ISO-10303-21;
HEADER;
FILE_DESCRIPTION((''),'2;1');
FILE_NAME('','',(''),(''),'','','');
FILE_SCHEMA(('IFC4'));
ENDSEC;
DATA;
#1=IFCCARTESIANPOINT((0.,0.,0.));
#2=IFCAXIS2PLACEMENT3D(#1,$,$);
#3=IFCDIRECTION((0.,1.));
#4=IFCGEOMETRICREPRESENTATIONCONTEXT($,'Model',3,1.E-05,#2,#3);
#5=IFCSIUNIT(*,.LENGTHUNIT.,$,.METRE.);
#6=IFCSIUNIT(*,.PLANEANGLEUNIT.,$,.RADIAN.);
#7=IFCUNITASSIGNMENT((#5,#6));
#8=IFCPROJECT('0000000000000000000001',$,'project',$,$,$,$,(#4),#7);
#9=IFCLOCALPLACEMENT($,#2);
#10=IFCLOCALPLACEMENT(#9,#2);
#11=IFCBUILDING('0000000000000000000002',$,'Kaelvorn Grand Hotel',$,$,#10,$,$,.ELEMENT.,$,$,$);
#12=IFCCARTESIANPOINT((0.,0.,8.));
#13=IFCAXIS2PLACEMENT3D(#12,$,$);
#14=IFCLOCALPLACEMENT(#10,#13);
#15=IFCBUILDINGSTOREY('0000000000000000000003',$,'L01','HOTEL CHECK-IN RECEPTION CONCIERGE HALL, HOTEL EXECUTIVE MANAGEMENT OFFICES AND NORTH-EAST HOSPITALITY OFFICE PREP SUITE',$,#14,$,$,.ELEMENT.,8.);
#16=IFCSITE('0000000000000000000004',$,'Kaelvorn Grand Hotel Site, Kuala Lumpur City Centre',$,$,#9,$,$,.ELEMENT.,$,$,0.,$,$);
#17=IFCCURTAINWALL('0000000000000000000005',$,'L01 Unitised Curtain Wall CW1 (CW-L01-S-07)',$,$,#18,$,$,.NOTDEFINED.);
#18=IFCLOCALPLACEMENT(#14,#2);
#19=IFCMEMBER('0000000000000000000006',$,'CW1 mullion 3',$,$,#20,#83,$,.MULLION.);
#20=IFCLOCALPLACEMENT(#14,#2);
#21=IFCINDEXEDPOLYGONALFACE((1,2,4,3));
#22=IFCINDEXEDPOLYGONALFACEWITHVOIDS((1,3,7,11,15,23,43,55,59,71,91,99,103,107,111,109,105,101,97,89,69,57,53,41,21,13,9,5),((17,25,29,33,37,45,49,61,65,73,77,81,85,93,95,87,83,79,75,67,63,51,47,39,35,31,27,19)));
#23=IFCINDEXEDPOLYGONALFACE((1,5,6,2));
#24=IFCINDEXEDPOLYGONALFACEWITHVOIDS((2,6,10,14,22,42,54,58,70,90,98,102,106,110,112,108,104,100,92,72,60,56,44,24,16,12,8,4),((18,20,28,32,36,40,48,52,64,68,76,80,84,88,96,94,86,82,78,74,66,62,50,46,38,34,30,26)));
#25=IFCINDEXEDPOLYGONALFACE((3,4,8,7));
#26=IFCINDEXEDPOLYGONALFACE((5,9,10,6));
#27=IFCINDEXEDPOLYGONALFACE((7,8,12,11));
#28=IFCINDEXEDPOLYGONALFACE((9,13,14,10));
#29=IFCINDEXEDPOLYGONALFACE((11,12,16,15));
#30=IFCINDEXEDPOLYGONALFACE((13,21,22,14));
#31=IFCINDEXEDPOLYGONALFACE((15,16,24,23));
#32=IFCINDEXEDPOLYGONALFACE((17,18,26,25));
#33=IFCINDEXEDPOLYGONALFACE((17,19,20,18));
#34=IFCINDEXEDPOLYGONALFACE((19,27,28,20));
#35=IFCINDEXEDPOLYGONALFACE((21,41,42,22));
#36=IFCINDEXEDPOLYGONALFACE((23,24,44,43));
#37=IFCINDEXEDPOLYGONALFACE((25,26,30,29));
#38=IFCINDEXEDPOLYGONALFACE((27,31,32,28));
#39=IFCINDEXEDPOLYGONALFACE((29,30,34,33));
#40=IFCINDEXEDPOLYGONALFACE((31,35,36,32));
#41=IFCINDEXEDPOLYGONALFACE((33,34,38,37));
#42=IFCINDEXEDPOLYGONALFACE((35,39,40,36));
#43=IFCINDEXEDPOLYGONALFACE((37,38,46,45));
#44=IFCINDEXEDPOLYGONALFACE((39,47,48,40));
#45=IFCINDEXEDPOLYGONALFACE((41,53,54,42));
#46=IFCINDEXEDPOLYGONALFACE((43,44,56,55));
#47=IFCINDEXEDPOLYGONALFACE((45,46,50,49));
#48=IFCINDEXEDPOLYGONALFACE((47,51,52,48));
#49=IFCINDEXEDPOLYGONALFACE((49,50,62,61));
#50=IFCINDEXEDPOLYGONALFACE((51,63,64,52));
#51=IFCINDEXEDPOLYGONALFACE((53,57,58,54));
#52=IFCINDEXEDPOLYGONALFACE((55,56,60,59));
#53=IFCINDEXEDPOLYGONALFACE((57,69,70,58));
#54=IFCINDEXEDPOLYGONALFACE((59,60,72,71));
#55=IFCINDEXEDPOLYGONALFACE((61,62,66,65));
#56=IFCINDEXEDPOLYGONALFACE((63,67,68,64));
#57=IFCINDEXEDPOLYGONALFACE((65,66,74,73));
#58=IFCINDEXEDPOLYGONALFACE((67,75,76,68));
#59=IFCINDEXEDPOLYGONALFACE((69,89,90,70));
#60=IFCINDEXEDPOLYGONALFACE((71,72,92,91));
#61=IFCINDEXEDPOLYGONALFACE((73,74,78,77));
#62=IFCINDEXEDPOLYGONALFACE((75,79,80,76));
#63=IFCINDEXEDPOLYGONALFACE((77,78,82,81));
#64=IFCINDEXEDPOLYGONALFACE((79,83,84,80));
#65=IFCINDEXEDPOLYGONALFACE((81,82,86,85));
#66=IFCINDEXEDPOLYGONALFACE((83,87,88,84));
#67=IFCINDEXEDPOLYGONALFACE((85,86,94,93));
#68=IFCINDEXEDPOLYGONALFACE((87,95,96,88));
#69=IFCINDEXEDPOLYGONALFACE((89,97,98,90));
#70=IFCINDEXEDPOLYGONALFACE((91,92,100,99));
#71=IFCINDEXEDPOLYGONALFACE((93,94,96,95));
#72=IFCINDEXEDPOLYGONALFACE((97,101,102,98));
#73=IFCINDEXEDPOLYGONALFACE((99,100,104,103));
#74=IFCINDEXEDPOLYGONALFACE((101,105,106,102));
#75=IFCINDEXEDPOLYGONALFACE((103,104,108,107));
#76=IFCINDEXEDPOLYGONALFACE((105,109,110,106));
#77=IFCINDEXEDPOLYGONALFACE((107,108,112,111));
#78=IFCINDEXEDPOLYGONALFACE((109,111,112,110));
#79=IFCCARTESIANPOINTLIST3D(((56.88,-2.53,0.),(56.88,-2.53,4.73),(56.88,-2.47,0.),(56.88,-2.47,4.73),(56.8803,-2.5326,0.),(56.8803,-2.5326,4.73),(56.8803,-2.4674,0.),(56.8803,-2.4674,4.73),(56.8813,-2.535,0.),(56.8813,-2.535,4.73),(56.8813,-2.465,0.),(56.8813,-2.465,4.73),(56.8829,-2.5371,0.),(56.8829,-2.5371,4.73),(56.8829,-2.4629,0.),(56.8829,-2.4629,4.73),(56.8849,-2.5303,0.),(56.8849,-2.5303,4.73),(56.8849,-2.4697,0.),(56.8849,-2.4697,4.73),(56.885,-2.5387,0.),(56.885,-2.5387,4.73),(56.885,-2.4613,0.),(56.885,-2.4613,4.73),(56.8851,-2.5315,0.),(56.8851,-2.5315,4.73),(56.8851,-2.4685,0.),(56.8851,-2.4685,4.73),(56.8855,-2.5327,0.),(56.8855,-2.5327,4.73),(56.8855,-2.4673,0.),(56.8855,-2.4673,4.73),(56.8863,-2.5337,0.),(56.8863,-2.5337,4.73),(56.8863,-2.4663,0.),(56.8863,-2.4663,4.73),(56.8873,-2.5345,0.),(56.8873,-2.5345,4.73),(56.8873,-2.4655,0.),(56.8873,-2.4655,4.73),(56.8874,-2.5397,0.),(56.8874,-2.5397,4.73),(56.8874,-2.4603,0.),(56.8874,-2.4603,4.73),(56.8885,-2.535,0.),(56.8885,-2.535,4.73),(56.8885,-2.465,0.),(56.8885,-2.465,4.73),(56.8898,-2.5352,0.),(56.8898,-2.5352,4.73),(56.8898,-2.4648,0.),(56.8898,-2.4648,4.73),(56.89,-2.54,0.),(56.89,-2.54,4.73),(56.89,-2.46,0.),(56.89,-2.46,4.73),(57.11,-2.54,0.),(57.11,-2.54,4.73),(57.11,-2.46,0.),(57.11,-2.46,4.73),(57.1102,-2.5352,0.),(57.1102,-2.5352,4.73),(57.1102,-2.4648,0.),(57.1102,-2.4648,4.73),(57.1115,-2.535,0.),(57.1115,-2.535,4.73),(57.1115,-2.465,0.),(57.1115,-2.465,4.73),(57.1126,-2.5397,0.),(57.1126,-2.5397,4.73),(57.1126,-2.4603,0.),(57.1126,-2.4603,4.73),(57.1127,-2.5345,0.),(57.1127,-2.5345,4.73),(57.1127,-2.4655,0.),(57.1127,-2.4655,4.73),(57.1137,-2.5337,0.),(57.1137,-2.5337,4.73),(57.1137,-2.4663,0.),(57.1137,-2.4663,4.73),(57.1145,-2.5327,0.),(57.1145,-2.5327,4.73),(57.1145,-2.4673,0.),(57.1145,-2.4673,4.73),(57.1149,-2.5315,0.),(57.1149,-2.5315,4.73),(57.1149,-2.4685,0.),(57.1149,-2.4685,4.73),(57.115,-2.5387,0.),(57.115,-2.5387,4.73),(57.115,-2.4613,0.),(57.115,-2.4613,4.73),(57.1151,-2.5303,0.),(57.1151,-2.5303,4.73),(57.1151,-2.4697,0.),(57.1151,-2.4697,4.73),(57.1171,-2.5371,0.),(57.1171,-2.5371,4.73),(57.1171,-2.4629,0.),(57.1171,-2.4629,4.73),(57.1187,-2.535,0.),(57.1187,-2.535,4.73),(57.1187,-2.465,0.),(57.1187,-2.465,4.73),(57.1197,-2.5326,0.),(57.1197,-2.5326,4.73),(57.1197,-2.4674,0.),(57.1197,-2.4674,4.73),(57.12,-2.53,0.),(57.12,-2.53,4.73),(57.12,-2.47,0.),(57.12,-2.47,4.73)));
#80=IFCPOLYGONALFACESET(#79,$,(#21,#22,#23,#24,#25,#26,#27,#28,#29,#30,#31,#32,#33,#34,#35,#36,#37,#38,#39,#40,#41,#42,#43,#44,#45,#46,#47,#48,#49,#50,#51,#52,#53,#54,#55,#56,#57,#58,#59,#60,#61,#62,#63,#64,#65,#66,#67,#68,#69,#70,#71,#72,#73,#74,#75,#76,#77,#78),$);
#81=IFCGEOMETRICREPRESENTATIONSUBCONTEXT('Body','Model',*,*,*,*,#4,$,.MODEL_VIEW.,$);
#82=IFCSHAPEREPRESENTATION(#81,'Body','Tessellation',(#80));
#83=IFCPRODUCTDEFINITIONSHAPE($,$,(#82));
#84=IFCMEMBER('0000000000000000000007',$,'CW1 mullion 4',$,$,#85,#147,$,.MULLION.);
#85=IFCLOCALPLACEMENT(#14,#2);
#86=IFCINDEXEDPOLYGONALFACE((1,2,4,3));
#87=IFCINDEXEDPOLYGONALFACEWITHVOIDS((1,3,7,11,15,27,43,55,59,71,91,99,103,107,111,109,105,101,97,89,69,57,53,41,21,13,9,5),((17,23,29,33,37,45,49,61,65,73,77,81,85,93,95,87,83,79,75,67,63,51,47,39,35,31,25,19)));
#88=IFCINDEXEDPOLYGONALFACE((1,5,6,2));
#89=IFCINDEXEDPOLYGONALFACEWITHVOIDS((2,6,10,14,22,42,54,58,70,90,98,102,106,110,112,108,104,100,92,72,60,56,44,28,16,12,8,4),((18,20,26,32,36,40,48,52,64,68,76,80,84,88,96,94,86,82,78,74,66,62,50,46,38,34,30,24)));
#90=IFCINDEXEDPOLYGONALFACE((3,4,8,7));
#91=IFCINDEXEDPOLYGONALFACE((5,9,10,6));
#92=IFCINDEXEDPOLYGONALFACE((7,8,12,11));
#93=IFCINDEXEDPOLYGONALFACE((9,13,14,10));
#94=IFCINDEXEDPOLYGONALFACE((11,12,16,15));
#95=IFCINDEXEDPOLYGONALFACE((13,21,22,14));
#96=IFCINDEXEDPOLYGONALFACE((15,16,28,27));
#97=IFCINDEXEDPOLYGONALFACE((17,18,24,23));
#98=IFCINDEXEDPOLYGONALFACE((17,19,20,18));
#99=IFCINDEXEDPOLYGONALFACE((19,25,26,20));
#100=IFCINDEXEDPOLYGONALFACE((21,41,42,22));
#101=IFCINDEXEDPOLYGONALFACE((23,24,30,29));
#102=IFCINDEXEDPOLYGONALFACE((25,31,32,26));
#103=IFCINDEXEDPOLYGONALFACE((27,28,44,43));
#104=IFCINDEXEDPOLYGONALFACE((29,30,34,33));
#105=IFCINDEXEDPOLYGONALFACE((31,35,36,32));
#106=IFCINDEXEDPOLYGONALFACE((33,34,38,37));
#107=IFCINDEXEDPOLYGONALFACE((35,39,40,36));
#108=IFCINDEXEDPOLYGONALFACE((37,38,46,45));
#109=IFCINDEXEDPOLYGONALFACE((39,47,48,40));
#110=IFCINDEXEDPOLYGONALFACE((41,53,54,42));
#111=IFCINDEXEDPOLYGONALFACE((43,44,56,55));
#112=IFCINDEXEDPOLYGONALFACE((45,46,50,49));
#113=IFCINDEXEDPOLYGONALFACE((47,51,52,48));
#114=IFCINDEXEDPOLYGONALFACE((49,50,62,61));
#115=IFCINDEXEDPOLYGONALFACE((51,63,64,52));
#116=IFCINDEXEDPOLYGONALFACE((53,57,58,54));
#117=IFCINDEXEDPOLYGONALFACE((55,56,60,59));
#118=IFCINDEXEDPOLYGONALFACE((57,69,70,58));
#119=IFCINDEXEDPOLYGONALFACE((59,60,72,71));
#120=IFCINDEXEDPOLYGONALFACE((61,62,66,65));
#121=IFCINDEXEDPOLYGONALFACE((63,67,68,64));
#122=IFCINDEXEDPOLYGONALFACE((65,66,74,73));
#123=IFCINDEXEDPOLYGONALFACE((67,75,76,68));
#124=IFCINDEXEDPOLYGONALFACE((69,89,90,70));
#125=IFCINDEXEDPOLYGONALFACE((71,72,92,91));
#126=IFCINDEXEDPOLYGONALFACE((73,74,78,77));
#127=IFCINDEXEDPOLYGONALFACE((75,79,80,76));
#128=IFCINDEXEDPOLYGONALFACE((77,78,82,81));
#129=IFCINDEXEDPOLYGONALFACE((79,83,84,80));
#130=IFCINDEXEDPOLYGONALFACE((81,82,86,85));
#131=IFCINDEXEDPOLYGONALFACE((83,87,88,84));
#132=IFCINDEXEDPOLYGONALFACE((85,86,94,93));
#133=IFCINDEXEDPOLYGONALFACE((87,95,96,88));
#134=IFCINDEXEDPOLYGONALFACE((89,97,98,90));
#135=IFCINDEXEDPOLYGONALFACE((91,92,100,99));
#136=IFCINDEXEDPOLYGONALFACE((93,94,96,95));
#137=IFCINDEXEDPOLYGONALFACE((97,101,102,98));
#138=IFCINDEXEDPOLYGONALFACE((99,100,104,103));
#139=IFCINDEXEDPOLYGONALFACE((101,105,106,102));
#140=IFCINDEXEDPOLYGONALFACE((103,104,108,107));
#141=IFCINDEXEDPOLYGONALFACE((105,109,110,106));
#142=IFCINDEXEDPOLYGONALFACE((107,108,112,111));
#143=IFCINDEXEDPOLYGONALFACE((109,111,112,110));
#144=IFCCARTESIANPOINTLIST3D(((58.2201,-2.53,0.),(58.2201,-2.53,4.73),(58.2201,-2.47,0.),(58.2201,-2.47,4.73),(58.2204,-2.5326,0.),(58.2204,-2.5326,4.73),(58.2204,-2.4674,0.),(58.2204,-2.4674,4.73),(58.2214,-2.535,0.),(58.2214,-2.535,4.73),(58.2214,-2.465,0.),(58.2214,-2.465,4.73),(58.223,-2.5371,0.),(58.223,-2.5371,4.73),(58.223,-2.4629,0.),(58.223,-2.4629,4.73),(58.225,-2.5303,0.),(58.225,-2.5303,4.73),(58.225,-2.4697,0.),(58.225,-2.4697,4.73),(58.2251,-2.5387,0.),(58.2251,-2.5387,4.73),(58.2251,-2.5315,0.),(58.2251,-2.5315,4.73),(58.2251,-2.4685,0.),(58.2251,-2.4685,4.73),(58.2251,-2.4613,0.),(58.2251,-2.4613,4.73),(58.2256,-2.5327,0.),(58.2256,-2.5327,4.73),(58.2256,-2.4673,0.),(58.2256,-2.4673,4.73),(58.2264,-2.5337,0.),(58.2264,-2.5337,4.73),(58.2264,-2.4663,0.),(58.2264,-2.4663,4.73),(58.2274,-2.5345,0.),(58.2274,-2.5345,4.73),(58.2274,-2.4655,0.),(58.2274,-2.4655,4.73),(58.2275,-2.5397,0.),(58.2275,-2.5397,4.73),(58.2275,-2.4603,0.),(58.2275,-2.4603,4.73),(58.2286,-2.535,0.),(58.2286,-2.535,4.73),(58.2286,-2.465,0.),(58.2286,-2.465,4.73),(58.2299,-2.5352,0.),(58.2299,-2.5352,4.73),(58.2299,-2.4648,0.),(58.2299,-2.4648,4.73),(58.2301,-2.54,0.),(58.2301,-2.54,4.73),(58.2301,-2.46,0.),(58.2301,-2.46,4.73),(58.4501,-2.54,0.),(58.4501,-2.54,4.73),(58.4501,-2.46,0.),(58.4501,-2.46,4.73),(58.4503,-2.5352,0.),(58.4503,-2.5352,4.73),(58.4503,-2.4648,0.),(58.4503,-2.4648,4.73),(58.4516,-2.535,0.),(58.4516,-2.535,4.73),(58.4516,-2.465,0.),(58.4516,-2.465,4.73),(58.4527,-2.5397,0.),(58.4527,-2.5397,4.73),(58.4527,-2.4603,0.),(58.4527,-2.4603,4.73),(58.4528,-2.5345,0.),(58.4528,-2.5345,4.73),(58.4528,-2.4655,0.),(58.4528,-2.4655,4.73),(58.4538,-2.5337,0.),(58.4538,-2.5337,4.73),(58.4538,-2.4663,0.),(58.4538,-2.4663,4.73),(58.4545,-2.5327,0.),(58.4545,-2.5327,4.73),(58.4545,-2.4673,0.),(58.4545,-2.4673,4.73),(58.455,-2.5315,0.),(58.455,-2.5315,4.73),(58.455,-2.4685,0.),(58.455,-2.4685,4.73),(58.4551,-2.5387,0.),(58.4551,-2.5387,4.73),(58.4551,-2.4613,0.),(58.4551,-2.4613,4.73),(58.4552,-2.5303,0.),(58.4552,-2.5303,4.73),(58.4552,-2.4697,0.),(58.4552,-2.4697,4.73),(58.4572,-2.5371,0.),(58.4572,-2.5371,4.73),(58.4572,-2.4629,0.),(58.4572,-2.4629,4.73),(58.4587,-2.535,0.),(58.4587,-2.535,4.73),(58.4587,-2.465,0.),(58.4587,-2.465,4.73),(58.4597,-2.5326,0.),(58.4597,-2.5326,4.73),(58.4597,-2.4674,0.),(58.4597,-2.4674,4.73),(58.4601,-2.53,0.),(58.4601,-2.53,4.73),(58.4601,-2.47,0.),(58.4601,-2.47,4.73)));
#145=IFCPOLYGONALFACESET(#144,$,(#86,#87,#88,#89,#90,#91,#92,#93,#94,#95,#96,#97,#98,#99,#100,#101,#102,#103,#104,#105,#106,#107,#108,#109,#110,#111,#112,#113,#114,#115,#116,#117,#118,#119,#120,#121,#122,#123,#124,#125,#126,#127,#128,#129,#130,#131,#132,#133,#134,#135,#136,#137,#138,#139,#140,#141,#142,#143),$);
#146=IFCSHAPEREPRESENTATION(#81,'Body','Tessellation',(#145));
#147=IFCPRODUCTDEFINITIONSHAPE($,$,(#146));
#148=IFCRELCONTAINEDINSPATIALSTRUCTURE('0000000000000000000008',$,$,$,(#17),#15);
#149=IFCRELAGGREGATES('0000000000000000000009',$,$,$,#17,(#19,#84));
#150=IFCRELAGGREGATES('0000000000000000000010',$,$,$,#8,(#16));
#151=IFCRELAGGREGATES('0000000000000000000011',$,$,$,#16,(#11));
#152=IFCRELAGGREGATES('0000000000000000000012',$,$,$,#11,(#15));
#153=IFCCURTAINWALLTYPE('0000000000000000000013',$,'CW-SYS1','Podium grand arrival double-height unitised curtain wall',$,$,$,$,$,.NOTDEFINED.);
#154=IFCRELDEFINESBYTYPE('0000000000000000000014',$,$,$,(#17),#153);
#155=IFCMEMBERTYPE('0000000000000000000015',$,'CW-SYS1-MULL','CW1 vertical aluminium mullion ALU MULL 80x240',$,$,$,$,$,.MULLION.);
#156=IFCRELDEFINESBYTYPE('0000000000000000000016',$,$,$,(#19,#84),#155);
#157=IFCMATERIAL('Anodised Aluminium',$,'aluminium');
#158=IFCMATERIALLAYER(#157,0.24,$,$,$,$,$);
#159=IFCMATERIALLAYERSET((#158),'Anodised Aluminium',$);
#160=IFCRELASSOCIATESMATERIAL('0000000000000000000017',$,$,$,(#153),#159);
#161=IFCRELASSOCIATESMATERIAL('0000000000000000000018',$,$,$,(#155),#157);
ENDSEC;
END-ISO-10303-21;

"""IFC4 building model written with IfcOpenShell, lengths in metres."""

from ifc_helpers import new_model, si_unit, direction, frame, origin, origin_2d, place, context, subcontext, project, spatial, hollow_rectangle, extrude, material, layer, layer_set, material_profile, profile_set, type_object, element, aggregate, save


model = new_model("IFC4")

# Units and contexts
model_context = context("Model", 3, precision=1e-05, world=origin(), true_north=direction((0.0, 1.0)))
body_context = subcontext(model_context, "Body", "Model", "MODEL_VIEW")
ifc_project = project(units=[si_unit("LENGTHUNIT", "METRE"), si_unit("PLANEANGLEUNIT", "RADIAN")], contexts=[model_context])

# Site, building, storey
site_placement = place(None, origin())
site = spatial("IfcSite", under=ifc_project, at=site_placement, Name="Kaelvorn Grand Hotel Site, Kuala Lumpur City Centre", CompositionType="ELEMENT", RefElevation=0.0)
building_placement = place(site_placement, origin())
building = spatial("IfcBuilding", under=site, at=building_placement, Name="Kaelvorn Grand Hotel", CompositionType="ELEMENT")
storey_placement = place(building_placement, frame((0.0, 0.0, 8.0)))
storey = spatial("IfcBuildingStorey", under=building, at=storey_placement, Name="L01", Description="HOTEL CHECK-IN RECEPTION CONCIERGE HALL, HOTEL EXECUTIVE MANAGEMENT OFFICES AND NORTH-EAST HOSPITALITY OFFICE PREP SUITE", CompositionType="ELEMENT", Elevation=8.0)

# Curtain wall, members
ifc_material_1 = material(Name="Anodised Aluminium", Category="aluminium")
ifc_layer_1 = layer(ifc_material_1, 0.24)
ifc_layer_set_1 = layer_set([ifc_layer_1], Name="Anodised Aluminium")
curtain_wall_type = type_object("IfcCurtainWallType", Name="CW-SYS1", Description="Podium grand arrival double-height unitised curtain wall", PredefinedType="NOTDEFINED", material=ifc_layer_set_1)
ifc_material_profile_1 = material_profile(ifc_material_1, hollow_rectangle(XDim=0.0801, YDim=0.24, WallThickness=0.0049, InnerFilletRadius=0.0049, OuterFilletRadius=0.01, at=origin_2d()), Name="ALU MULL 80x240")
ifc_profile_set_1 = profile_set([ifc_material_profile_1], Name="Anodised Aluminium")
member_type_1 = type_object("IfcMemberType", Name="CW-SYS1-MULL", Description="CW1 vertical aluminium mullion ALU MULL 80x240", PredefinedType="MULLION", material=ifc_profile_set_1)
curtain_wall_1_placement = place(storey_placement, origin())
curtain_wall_1 = element("IfcCurtainWall", 1, at=curtain_wall_1_placement, inside=storey, type_object=curtain_wall_type, Name="L01 Unitised Curtain Wall CW1 (CW-L01-S-07)", PredefinedType="NOTDEFINED")
member_1_placement = place(storey_placement, frame((57.0, -2.5, 0.0), z_axis=(0.0, 0.0, 1.0), x_axis=(0.0, 1.0, 0.0)))
member_1 = element("IfcMember", 2, at=member_1_placement, type_object=member_type_1, Name="CW1 mullion 3", PredefinedType="MULLION", context=body_context, shape_type="SweptSolid", body=[
    extrude(hollow_rectangle(XDim=0.0801, YDim=0.24, WallThickness=0.0049, InnerFilletRadius=0.0049, OuterFilletRadius=0.01, at=origin_2d()), origin(), (0.0, 0.0, 1.0), 4.73),
])
member_2_placement = place(storey_placement, frame((58.3401, -2.5, 0.0), z_axis=(0.0, 0.0, 1.0), x_axis=(0.0, 1.0, 0.0)))
member_2 = element("IfcMember", 3, at=member_2_placement, type_object=member_type_1, Name="CW1 mullion 4", PredefinedType="MULLION", context=body_context, shape_type="SweptSolid", body=[
    extrude(hollow_rectangle(XDim=0.0801, YDim=0.24, WallThickness=0.0049, InnerFilletRadius=0.0049, OuterFilletRadius=0.01, at=origin_2d()), origin(), (0.0, 0.0, 1.0), 4.73),
])

aggregate(curtain_wall_1, [member_1, member_2])

save(model, "model.ifc")
